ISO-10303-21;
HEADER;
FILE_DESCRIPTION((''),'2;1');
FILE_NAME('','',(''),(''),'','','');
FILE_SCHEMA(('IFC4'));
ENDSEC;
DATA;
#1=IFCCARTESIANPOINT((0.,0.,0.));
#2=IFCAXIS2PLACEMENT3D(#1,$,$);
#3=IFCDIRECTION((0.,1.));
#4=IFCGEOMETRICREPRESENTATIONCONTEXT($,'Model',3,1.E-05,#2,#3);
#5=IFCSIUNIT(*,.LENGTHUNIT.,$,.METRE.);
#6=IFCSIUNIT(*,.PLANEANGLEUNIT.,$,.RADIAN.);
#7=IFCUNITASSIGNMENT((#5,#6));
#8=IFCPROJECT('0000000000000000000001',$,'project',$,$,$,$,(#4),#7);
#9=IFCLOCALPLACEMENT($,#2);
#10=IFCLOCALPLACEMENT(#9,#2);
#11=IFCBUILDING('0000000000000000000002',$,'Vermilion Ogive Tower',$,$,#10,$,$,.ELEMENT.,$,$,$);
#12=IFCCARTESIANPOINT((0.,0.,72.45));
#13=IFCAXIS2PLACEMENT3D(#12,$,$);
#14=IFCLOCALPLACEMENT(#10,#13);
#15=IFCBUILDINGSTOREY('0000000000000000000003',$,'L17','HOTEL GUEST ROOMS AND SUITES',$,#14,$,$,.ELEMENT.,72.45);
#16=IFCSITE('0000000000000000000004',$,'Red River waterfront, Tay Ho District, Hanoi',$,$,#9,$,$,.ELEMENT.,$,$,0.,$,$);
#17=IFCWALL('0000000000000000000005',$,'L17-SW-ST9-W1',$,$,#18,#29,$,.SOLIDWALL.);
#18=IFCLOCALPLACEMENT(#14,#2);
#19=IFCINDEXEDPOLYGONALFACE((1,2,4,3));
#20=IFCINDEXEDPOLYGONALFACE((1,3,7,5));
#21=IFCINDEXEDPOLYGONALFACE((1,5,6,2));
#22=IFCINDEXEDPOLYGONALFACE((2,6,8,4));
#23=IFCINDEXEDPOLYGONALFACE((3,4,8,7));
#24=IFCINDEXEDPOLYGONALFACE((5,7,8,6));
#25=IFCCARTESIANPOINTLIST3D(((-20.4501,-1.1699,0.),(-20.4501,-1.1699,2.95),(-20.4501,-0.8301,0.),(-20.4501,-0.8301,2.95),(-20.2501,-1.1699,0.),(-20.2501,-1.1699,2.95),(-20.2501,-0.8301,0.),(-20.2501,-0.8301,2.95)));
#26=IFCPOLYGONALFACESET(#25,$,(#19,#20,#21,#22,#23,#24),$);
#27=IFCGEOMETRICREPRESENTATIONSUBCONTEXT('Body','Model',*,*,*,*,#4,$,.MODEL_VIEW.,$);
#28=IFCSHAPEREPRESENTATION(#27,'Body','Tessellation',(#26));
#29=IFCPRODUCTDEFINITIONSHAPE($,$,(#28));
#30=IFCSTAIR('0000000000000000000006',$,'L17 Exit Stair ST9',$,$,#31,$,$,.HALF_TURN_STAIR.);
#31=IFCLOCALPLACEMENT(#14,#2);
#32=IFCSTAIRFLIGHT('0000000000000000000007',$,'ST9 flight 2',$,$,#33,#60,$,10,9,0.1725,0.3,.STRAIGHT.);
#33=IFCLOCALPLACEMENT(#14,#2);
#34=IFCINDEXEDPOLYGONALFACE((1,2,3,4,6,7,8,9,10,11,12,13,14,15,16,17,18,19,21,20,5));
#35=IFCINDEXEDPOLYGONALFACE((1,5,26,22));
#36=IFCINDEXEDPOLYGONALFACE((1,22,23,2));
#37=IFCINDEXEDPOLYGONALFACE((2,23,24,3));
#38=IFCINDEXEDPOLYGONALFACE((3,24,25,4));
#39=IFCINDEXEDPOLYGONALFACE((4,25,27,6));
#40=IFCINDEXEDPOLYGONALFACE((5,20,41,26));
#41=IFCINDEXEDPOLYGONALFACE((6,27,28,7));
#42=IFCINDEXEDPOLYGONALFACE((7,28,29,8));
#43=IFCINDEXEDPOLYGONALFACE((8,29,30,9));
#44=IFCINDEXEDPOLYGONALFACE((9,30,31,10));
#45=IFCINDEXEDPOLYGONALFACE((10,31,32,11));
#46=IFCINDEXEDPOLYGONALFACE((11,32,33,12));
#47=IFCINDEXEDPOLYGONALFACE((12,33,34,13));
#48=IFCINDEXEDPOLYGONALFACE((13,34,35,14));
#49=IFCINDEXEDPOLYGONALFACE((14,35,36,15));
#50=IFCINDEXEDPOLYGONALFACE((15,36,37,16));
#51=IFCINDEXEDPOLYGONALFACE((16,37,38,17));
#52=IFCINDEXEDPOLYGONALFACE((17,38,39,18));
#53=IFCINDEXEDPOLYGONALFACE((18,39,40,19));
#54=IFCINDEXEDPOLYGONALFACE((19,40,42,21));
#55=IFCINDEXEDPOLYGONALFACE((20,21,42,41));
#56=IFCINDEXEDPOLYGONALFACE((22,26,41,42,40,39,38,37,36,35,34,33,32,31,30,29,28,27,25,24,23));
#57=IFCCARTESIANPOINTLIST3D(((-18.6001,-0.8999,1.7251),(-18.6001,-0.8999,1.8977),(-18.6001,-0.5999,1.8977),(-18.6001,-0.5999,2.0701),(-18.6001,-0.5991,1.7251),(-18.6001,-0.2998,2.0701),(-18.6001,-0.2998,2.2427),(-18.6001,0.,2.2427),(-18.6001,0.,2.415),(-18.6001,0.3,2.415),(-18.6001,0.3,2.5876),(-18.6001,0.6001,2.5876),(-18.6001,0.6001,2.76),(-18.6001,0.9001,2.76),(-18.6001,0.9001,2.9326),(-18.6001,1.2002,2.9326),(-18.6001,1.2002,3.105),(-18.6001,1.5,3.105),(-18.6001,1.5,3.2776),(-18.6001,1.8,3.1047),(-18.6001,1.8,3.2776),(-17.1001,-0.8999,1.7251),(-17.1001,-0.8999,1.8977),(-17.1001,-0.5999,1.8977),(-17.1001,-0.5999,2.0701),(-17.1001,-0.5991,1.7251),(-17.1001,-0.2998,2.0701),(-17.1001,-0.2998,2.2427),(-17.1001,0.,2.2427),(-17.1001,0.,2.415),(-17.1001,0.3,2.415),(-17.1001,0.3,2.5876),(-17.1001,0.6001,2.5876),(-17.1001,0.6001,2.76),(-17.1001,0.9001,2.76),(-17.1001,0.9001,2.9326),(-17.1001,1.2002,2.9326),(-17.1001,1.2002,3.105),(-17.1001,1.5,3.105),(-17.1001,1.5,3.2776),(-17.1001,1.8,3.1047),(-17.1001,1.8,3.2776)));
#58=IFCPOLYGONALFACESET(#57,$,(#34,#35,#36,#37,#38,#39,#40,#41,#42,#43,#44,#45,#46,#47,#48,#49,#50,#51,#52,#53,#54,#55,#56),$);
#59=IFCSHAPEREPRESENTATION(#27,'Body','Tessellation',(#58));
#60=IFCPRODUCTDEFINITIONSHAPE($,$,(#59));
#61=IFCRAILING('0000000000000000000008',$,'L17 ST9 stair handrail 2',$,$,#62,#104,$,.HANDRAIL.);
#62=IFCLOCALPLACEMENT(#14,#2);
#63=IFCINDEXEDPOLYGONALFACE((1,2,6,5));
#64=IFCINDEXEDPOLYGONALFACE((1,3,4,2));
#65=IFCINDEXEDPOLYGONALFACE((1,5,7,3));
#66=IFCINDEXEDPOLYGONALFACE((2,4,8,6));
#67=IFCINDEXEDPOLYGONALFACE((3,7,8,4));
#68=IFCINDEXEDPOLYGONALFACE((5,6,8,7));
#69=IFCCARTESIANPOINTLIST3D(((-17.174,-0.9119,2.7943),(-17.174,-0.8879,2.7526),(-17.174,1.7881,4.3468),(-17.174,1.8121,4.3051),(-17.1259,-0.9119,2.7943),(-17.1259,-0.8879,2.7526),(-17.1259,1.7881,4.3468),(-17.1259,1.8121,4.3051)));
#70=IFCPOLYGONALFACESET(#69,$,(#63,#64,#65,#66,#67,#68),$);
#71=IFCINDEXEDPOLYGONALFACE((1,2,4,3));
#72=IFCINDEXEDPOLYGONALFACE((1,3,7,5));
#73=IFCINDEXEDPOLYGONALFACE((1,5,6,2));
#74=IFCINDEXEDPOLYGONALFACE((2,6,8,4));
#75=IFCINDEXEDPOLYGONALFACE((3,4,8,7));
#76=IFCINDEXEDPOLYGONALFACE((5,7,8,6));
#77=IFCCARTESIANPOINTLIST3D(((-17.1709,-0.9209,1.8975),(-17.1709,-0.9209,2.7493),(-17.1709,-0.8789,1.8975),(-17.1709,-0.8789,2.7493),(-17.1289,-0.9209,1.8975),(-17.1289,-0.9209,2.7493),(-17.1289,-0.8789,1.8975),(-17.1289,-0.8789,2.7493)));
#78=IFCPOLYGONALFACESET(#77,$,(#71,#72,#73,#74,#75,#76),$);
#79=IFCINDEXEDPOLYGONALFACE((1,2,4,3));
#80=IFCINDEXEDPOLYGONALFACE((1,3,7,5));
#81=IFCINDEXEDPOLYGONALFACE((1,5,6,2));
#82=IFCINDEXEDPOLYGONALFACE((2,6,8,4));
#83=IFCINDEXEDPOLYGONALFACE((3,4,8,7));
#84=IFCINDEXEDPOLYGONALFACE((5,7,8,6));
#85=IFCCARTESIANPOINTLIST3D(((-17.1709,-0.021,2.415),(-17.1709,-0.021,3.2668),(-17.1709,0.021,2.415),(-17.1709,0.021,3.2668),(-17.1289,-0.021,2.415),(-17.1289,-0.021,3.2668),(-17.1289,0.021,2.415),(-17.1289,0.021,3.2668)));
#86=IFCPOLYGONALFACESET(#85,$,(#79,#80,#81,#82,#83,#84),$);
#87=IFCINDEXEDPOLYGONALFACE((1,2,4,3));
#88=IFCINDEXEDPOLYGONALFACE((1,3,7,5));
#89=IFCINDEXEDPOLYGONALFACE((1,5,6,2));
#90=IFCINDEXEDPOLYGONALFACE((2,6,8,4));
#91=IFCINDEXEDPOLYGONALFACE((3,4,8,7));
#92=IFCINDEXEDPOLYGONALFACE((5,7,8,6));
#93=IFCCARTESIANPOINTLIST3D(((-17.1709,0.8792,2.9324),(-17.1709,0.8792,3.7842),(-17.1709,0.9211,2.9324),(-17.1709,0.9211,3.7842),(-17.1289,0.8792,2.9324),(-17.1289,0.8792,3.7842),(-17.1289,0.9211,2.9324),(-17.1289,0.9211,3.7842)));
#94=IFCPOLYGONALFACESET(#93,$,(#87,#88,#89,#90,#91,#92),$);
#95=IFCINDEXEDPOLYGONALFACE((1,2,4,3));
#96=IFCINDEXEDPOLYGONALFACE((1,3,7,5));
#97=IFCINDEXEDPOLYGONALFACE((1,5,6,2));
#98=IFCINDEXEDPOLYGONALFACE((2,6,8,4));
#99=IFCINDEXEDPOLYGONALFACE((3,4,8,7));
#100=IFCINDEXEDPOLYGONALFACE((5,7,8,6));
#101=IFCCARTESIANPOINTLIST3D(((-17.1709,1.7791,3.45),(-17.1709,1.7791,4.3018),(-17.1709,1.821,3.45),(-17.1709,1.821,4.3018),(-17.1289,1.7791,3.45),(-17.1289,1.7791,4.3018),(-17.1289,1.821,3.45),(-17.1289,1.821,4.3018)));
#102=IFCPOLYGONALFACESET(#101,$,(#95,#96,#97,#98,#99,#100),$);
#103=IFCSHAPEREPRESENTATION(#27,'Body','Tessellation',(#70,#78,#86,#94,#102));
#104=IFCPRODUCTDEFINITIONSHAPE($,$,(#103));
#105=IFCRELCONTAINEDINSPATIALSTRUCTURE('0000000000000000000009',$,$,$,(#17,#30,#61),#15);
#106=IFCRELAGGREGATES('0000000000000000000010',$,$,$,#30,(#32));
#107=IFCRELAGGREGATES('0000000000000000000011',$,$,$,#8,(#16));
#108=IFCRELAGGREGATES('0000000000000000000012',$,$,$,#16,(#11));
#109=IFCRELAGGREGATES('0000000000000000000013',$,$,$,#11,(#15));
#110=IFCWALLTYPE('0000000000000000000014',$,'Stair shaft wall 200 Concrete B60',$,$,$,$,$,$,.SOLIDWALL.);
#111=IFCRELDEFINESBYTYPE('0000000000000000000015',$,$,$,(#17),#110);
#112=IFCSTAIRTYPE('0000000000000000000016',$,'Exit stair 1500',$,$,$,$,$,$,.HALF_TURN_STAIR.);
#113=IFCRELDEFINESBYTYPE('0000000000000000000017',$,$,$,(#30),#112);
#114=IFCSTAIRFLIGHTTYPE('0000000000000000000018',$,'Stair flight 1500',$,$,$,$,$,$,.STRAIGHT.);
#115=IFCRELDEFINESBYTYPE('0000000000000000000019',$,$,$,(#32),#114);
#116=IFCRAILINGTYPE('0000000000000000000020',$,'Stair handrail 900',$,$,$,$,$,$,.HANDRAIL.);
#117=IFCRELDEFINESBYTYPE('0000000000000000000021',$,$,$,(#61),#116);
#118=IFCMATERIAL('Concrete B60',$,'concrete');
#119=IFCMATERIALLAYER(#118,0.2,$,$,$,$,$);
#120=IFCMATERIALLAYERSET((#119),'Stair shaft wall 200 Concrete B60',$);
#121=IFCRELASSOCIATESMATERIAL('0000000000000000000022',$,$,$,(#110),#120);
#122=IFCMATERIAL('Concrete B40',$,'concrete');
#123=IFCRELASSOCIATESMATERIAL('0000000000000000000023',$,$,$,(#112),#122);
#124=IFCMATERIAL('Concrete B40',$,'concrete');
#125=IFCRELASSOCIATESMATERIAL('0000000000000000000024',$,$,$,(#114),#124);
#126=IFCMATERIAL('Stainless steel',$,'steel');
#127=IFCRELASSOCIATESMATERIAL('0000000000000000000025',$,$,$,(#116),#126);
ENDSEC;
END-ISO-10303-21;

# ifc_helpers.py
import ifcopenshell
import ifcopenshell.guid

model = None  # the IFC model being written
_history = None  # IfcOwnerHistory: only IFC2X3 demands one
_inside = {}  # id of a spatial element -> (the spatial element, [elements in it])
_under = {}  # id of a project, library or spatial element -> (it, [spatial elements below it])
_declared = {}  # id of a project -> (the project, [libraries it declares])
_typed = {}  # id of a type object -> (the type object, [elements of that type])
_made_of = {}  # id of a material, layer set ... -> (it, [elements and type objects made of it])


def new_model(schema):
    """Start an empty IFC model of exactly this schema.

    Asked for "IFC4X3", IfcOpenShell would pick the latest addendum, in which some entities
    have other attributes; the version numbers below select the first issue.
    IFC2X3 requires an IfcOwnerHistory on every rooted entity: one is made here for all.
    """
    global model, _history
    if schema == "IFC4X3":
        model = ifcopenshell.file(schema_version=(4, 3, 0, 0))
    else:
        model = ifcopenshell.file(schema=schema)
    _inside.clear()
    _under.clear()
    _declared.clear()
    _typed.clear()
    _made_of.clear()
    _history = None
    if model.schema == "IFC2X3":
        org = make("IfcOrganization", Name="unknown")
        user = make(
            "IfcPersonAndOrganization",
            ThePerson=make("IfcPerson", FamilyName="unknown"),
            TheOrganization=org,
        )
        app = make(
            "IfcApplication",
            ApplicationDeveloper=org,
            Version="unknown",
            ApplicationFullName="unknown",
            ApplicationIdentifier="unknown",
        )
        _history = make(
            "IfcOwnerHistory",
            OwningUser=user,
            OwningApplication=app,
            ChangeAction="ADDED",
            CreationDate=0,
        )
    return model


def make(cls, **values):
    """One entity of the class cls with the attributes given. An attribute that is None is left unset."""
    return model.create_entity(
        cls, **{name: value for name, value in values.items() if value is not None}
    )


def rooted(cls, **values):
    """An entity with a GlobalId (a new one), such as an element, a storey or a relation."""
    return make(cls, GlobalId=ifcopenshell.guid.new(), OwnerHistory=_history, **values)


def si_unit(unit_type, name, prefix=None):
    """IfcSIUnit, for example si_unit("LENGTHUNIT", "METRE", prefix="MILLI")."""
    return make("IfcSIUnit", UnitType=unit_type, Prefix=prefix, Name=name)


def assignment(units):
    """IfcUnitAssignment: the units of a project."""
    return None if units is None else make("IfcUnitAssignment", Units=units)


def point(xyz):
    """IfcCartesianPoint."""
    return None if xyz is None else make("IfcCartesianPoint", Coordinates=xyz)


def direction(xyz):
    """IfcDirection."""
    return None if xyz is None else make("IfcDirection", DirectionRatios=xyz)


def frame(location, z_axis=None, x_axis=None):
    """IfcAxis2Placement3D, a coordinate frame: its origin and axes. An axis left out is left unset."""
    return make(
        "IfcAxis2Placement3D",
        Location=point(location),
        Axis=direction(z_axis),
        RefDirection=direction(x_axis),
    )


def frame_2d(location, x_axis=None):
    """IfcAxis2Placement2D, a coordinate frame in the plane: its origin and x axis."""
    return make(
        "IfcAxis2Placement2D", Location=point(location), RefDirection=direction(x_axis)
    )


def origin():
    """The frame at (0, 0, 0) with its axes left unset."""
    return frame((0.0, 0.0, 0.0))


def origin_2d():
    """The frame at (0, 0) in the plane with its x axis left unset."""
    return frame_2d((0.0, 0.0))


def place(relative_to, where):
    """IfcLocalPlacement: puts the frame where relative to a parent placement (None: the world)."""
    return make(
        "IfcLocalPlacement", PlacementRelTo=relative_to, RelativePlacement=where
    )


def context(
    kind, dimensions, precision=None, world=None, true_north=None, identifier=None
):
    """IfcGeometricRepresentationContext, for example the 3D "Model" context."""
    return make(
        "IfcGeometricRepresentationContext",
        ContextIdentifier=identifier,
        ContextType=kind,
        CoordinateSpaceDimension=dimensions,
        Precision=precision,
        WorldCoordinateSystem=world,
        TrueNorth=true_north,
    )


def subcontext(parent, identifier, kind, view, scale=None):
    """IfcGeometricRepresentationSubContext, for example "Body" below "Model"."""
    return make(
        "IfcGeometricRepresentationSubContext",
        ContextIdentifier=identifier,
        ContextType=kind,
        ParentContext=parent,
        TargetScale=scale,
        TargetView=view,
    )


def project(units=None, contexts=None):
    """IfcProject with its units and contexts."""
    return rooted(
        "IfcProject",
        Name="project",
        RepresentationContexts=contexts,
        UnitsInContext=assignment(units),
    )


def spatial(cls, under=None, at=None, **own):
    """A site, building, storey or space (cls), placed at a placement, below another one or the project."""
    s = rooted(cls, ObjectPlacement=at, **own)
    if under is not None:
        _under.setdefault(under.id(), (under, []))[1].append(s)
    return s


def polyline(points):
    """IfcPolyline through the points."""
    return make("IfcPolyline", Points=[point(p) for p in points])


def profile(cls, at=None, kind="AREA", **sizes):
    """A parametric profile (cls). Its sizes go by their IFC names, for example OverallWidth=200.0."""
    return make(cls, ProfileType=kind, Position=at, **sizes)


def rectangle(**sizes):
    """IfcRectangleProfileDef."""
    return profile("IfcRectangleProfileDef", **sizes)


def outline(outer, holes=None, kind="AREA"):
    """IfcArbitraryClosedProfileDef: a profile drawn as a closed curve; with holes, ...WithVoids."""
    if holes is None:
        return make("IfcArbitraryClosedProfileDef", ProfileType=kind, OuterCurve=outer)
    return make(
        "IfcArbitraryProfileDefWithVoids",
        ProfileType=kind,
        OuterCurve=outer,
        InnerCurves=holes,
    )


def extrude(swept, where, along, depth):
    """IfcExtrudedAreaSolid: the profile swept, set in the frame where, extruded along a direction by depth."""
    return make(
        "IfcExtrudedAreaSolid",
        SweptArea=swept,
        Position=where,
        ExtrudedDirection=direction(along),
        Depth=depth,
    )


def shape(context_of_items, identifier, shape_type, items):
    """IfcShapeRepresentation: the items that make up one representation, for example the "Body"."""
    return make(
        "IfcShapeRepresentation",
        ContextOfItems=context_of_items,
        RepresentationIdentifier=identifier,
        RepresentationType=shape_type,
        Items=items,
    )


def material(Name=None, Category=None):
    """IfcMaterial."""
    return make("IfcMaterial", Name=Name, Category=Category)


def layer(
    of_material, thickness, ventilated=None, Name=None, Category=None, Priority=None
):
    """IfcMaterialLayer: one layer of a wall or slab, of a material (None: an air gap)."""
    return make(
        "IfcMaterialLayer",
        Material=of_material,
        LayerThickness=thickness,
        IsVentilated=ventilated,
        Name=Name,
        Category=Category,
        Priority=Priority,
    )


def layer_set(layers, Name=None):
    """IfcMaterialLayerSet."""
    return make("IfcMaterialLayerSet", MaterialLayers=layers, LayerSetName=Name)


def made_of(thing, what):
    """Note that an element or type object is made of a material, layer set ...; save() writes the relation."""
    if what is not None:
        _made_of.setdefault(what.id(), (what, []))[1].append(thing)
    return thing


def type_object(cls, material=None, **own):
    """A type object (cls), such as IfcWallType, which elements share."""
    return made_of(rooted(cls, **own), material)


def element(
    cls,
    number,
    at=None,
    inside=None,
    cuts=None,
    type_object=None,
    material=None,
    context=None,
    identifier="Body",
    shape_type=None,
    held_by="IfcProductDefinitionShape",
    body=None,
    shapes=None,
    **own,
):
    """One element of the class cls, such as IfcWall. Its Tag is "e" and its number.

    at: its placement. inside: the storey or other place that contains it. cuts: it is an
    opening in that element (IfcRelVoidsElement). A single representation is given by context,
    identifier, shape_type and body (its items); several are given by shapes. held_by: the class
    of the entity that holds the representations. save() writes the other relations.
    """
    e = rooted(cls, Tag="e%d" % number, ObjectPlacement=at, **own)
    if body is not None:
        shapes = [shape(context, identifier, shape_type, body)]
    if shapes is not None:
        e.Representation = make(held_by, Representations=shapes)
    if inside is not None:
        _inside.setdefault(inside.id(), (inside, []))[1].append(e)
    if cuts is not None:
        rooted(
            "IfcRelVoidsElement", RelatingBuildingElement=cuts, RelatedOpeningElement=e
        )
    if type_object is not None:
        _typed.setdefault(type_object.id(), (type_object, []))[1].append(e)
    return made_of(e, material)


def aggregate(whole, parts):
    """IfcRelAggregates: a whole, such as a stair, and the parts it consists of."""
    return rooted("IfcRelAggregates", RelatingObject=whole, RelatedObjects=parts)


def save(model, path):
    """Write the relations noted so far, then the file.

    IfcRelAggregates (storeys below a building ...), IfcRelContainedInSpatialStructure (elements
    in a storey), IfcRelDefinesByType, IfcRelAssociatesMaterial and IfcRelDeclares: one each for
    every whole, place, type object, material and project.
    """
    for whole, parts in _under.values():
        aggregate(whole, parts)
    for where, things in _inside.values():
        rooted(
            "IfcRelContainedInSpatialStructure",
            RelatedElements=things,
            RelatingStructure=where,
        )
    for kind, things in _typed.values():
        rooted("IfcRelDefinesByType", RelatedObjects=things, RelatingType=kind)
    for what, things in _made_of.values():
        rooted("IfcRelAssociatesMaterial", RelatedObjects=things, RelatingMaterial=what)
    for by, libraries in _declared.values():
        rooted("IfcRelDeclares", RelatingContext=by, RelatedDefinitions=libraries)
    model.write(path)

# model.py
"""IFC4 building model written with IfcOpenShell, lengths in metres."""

from ifc_helpers import new_model, si_unit, direction, frame, frame_2d, origin, origin_2d, place, context, subcontext, project, spatial, polyline, rectangle, outline, extrude, material, layer, layer_set, type_object, element, aggregate, save


model = new_model("IFC4")

# Units and contexts
model_context = context("Model", 3, precision=1e-05, world=origin(), true_north=direction((0.0, 1.0)))
body_context = subcontext(model_context, "Body", "Model", "MODEL_VIEW")
ifc_project = project(units=[si_unit("LENGTHUNIT", "METRE"), si_unit("PLANEANGLEUNIT", "RADIAN")], contexts=[model_context])

# Site, building, storey
site_placement = place(None, origin())
site = spatial("IfcSite", under=ifc_project, at=site_placement, Name="Red River waterfront, Tay Ho District, Hanoi", CompositionType="ELEMENT", RefElevation=0.0)
building_placement = place(site_placement, origin())
building = spatial("IfcBuilding", under=site, at=building_placement, Name="Vermilion Ogive Tower", CompositionType="ELEMENT")
storey_placement = place(building_placement, frame((0.0, 0.0, 72.45)))
storey = spatial("IfcBuildingStorey", under=building, at=storey_placement, Name="L17", Description="HOTEL GUEST ROOMS AND SUITES", CompositionType="ELEMENT", Elevation=72.45)

# Shared definitions
ifc_material_1 = material(Name="Concrete B60", Category="concrete")
ifc_layer_1 = layer(ifc_material_1, 0.2)
ifc_layer_set_1 = layer_set([ifc_layer_1], Name="Stair shaft wall 200 Concrete B60")
wall_type_1 = type_object("IfcWallType", Name="Stair shaft wall 200 Concrete B60", PredefinedType="SOLIDWALL", material=ifc_layer_set_1)

# Wall
wall_1_placement = place(storey_placement, frame((-20.3501, -1.1699, 0.0), z_axis=(0.0, 0.0, 1.0), x_axis=(0.0, 1.0, 0.0)))
element("IfcWall", 1, at=wall_1_placement, inside=storey, type_object=wall_type_1, Name="L17-SW-ST9-W1", PredefinedType="SOLIDWALL", context=body_context, shape_type="SweptSolid", body=[
    extrude(rectangle(XDim=0.3398, YDim=0.2, at=frame_2d((0.1699, 0.0))), origin(), (0.0, 0.0, 1.0), 2.95),
])

# Stair, stair flight
ifc_material_2 = material(Name="Concrete B40", Category="concrete")
stair_type = type_object("IfcStairType", Name="Exit stair 1500", PredefinedType="HALF_TURN_STAIR", material=ifc_material_2)
stair_placement = place(storey_placement, origin())
stair = element("IfcStair", 2, at=stair_placement, inside=storey, type_object=stair_type, Name="L17 Exit Stair ST9", PredefinedType="HALF_TURN_STAIR")
ifc_material_3 = material(Name="Concrete B40", Category="concrete")
stair_flight_type = type_object("IfcStairFlightType", Name="Stair flight 1500", PredefinedType="STRAIGHT", material=ifc_material_3)
stair_flight_placement = place(storey_placement, frame((-17.8501, -0.8999, 1.7251), z_axis=(0.0, 0.0, 1.0), x_axis=(0.0, 1.0, 0.0)))
stair_flight = element("IfcStairFlight", 3, at=stair_flight_placement, type_object=stair_flight_type, Name="ST9 flight 2", NumberOfRisers=10, NumberOfTreads=9, PredefinedType="STRAIGHT", RiserHeight=0.1725, TreadLength=0.3, context=body_context, shape_type="SweptSolid", body=[
    extrude(outline(polyline([(0.0, 0.0), (0.0, 0.1726), (0.3, 0.1726), (0.3, 0.345), (0.6001, 0.345), (0.6001, 0.5176), (0.8999, 0.5176), (0.8999, 0.6899), (1.2, 0.6899), (1.2, 0.8625), (1.5, 0.8625), (1.5, 1.0349), (1.8, 1.0349), (1.8, 1.2075), (2.1001, 1.2075), (2.1001, 1.3799), (2.3999, 1.3799), (2.3999, 1.5525), (2.7, 1.5525), (2.7, 1.7251), (2.7, 1.3796), (0.3008, 0.0), (0.0, 0.0)])), frame((0.0, 0.75, 0.0), z_axis=(0.0, -1.0, 0.0), x_axis=(1.0, 0.0, 0.0)), (0.0, 0.0, 1.0), 1.5),
])
aggregate(stair, [stair_flight])

# Railing
ifc_material_4 = material(Name="Stainless steel", Category="steel")
railing_type = type_object("IfcRailingType", Name="Stair handrail 900", PredefinedType="HANDRAIL", material=ifc_material_4)
railing_placement = place(storey_placement, frame((-17.1499, -0.8999, 1.8975)))
element("IfcRailing", 4, at=railing_placement, inside=storey, type_object=railing_type, Name="L17 ST9 stair handrail 2", PredefinedType="HANDRAIL", context=body_context, shape_type="SweptSolid", body=[
    extrude(rectangle(XDim=0.0481, YDim=0.0481, at=origin_2d()), frame((0.0, 0.0, 0.876), z_axis=(0.0, 0.866904, 0.498476), x_axis=(-1.0, 0.0, 0.0)), (0.0, 0.0, 1.0), 3.1145),
    extrude(rectangle(XDim=0.042, YDim=0.042, at=origin_2d()), origin(), (0.0, 0.0, 1.0), 0.8518),
    extrude(rectangle(XDim=0.042, YDim=0.042, at=origin_2d()), frame((0.0, 0.8999, 0.5176)), (0.0, 0.0, 1.0), 0.8518),
    extrude(rectangle(XDim=0.042, YDim=0.042, at=origin_2d()), frame((0.0, 1.8, 1.0349)), (0.0, 0.0, 1.0), 0.8518),
    extrude(rectangle(XDim=0.042, YDim=0.042, at=origin_2d()), frame((0.0, 2.7, 1.5525)), (0.0, 0.0, 1.0), 0.8518),
])

save(model, "model.ifc")
